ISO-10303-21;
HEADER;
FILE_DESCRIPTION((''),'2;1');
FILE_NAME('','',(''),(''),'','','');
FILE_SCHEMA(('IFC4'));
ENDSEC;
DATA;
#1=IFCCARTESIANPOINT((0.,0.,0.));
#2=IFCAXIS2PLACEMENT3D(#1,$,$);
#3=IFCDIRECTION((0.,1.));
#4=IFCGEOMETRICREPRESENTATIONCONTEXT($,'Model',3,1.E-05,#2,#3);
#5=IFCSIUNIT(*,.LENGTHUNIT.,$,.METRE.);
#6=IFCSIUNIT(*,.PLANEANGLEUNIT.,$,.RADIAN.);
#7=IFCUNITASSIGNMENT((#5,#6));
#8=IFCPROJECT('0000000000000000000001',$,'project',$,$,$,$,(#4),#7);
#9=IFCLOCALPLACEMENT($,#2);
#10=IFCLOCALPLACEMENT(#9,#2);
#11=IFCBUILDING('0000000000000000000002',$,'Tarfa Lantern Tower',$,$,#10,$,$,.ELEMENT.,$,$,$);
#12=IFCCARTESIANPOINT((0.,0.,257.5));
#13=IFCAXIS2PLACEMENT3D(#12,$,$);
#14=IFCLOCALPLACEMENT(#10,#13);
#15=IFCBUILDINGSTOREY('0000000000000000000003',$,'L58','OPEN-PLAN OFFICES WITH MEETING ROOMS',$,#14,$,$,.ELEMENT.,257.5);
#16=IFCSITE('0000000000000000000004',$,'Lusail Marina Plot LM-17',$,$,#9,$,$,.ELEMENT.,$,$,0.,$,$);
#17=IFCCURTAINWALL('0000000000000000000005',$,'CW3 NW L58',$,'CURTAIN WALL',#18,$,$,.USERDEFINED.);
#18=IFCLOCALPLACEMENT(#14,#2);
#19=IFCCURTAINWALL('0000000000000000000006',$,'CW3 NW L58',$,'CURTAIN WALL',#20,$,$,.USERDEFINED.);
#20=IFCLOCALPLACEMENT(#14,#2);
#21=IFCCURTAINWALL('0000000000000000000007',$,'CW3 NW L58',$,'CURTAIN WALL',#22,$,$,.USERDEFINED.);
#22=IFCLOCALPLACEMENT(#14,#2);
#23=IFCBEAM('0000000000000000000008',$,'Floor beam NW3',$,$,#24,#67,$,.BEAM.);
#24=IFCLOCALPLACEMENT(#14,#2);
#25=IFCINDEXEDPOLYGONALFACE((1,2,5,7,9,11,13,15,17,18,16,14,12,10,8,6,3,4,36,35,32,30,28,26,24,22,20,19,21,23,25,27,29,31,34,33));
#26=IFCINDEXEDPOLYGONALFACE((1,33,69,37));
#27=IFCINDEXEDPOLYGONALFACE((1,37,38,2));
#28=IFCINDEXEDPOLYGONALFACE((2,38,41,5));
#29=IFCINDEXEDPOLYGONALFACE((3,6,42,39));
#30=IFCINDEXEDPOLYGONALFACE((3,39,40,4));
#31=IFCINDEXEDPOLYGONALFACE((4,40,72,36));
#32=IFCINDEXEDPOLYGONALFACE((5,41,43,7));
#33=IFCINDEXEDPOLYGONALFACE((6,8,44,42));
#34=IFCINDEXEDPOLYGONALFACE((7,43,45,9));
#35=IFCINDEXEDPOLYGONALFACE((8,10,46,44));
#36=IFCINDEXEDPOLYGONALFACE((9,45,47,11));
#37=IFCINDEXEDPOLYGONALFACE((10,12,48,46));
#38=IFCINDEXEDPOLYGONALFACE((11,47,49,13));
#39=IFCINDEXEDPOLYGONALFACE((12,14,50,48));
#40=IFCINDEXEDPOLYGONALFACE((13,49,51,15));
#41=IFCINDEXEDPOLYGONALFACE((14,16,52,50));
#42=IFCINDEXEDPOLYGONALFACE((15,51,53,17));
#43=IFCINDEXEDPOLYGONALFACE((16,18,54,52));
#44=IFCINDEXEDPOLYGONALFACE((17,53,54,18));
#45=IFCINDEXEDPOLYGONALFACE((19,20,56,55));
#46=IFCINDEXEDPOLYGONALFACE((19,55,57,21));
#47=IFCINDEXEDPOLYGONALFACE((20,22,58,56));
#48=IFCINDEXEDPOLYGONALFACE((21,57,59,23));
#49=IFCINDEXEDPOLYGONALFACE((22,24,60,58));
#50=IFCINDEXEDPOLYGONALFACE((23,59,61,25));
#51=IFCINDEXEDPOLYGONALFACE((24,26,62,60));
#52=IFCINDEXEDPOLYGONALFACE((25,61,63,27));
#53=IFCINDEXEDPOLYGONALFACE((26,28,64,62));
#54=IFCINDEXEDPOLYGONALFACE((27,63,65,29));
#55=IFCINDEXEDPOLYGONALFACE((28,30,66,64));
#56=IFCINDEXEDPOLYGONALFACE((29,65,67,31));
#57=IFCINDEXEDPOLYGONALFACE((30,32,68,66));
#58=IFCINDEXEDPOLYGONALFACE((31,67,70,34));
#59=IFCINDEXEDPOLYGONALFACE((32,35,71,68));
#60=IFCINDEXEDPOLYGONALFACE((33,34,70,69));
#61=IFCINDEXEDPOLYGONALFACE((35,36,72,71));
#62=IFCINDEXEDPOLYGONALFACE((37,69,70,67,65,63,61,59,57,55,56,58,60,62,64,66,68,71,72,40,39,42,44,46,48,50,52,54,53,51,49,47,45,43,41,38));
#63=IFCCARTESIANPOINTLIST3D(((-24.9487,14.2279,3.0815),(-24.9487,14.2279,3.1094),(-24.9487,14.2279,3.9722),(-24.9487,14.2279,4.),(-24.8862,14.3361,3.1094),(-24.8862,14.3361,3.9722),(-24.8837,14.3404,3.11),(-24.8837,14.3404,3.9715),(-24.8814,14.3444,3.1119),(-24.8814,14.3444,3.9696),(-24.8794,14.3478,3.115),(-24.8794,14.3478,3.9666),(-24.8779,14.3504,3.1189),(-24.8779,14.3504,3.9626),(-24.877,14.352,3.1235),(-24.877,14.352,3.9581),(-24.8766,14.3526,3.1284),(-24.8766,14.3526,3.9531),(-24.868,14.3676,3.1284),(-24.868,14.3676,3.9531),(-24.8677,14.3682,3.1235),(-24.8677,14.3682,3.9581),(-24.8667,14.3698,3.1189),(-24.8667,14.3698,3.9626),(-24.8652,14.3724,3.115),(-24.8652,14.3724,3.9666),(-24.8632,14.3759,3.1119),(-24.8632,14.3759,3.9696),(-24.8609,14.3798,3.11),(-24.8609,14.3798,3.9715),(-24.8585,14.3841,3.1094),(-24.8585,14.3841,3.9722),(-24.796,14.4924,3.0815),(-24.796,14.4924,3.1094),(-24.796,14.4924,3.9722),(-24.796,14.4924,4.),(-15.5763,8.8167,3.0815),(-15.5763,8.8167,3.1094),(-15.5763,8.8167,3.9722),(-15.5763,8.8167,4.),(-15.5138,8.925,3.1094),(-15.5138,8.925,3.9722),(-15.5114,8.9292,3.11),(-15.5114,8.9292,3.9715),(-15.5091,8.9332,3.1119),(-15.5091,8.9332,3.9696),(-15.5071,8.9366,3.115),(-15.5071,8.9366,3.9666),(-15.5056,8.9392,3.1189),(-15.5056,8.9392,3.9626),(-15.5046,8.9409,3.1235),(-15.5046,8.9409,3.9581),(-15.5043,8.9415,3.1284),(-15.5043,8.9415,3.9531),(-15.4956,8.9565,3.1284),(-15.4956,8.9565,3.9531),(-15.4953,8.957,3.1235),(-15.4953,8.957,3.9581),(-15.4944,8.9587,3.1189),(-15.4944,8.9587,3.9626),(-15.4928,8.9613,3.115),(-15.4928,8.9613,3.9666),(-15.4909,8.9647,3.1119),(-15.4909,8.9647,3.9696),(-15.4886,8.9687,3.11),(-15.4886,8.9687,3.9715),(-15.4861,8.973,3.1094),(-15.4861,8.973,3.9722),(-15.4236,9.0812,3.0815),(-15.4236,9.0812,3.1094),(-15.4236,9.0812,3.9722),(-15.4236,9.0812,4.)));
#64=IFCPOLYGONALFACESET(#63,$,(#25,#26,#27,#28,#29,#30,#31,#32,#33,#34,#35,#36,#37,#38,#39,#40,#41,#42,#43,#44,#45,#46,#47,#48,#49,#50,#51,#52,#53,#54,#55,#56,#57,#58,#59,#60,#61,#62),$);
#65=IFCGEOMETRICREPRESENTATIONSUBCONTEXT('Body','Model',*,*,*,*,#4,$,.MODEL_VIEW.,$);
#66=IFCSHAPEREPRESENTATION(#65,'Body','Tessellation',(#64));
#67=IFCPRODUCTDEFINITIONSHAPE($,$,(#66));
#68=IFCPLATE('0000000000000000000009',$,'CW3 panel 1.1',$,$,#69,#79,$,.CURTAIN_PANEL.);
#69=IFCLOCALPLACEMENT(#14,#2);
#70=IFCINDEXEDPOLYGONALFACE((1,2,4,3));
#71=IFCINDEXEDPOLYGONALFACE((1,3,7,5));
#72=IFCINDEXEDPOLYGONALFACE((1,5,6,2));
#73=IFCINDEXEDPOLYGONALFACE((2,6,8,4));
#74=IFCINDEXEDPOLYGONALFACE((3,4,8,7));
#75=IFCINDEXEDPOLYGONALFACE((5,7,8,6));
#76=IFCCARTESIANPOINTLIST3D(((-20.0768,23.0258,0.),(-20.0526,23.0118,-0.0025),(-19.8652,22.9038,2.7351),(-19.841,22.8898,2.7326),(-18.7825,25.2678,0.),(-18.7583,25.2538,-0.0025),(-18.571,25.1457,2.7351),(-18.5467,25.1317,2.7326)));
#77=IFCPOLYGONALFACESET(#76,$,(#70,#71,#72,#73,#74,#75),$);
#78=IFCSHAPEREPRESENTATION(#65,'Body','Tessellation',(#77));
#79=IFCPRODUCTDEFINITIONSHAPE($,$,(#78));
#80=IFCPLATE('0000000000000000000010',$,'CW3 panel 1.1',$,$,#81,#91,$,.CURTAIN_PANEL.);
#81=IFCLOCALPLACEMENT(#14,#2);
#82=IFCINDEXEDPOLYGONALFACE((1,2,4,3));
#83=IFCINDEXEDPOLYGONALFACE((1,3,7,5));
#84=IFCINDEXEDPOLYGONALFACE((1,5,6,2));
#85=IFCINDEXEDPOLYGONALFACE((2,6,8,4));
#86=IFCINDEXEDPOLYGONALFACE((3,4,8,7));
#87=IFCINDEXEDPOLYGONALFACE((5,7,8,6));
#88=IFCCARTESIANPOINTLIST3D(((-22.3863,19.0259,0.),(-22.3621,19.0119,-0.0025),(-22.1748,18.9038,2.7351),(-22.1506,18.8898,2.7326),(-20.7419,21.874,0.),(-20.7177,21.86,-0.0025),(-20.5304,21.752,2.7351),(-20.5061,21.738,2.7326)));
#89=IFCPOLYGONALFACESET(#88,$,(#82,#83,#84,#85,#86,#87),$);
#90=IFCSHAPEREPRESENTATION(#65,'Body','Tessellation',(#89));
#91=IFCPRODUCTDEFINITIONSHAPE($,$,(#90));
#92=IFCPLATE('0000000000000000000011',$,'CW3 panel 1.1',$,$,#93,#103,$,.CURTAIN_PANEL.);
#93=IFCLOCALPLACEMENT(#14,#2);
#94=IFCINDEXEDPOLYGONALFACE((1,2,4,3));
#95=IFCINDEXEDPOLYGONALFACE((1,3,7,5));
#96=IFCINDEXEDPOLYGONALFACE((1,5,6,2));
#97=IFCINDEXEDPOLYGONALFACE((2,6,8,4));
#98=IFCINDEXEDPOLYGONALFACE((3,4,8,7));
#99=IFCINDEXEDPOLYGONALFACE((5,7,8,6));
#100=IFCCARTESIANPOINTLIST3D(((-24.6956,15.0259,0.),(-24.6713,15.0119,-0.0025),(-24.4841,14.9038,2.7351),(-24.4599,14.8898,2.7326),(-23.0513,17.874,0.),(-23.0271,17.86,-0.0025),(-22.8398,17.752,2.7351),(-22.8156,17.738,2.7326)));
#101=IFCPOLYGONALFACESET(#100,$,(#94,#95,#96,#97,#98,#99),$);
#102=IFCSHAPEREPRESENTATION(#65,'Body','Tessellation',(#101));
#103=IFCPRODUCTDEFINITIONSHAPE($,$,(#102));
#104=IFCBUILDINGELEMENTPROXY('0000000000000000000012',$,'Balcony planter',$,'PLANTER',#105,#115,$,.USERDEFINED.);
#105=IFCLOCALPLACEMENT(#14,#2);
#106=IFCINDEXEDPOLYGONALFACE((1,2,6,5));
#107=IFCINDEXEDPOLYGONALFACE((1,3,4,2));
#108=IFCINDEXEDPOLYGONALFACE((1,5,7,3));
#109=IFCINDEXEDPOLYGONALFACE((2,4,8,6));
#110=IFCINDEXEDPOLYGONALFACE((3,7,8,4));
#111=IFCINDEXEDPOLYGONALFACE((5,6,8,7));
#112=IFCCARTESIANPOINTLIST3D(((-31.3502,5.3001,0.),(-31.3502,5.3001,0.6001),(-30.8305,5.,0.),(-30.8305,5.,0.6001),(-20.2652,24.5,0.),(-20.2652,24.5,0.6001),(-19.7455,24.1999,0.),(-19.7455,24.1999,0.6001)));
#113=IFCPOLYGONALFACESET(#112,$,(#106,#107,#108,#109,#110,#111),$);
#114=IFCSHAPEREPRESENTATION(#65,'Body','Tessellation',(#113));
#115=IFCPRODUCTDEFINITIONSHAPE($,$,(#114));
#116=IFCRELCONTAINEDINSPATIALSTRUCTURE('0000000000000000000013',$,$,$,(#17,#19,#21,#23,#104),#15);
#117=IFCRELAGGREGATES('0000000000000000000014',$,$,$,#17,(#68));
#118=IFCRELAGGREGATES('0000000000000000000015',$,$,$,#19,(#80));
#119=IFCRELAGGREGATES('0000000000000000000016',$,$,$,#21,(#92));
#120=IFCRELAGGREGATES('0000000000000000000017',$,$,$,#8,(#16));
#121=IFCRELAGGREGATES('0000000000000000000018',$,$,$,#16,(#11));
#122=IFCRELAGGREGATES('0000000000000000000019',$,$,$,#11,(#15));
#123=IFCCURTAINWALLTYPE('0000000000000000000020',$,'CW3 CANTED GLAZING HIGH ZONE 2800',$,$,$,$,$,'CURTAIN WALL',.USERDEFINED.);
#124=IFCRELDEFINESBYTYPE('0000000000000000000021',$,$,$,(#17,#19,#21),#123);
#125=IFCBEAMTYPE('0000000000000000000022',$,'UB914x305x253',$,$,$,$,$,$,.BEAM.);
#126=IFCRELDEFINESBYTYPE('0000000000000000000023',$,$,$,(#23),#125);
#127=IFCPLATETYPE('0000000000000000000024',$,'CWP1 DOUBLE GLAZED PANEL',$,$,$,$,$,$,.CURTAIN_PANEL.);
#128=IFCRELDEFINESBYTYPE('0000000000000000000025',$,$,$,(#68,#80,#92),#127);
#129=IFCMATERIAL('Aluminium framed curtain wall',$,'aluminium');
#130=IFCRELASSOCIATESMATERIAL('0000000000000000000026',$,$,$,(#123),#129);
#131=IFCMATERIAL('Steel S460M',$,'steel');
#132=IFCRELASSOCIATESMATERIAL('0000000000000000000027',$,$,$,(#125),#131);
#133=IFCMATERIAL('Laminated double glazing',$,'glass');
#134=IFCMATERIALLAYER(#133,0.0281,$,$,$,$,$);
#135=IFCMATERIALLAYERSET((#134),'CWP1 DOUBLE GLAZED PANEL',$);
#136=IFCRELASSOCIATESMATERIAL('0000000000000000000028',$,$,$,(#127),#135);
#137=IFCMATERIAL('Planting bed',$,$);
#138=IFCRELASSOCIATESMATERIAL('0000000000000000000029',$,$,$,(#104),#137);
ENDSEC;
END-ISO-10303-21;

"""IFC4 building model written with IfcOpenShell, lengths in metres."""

from ifc_helpers import new_model, si_unit, direction, frame, origin, origin_2d, place, context, subcontext, project, spatial, polyline, rectangle, i_section, outline, extrude, material, layer, layer_set, material_profile, profile_set, type_object, element, aggregate, save


model = new_model("IFC4")

# Units and contexts
model_context = context("Model", 3, precision=1e-05, world=origin(), true_north=direction((0.0, 1.0)))
body_context = subcontext(model_context, "Body", "Model", "MODEL_VIEW")
ifc_project = project(units=[si_unit("LENGTHUNIT", "METRE"), si_unit("PLANEANGLEUNIT", "RADIAN")], contexts=[model_context])

# Site, building, storey
site_placement = place(None, origin())
site = spatial("IfcSite", under=ifc_project, at=site_placement, Name="Lusail Marina Plot LM-17", CompositionType="ELEMENT", RefElevation=0.0)
building_placement = place(site_placement, origin())
building = spatial("IfcBuilding", under=site, at=building_placement, Name="Tarfa Lantern Tower", CompositionType="ELEMENT")
storey_placement = place(building_placement, frame((0.0, 0.0, 257.5)))
storey = spatial("IfcBuildingStorey", under=building, at=storey_placement, Name="L58", Description="OPEN-PLAN OFFICES WITH MEETING ROOMS", CompositionType="ELEMENT", Elevation=257.5)

# Curtain walls
ifc_material_1 = material(Name="Aluminium framed curtain wall", Category="aluminium")
curtain_wall_type = type_object("IfcCurtainWallType", Name="CW3 CANTED GLAZING HIGH ZONE 2800", ElementType="CURTAIN WALL", PredefinedType="USERDEFINED", material=ifc_material_1)
curtain_wall_1_placement = place(storey_placement, origin())
curtain_wall_1 = element("IfcCurtainWall", 1, at=curtain_wall_1_placement, inside=storey, type_object=curtain_wall_type, Name="CW3 NW L58", ObjectType="CURTAIN WALL", PredefinedType="USERDEFINED")
curtain_wall_2_placement = place(storey_placement, origin())
curtain_wall_2 = element("IfcCurtainWall", 2, at=curtain_wall_2_placement, inside=storey, type_object=curtain_wall_type, Name="CW3 NW L58", ObjectType="CURTAIN WALL", PredefinedType="USERDEFINED")
curtain_wall_3_placement = place(storey_placement, origin())
curtain_wall_3 = element("IfcCurtainWall", 3, at=curtain_wall_3_placement, inside=storey, type_object=curtain_wall_type, Name="CW3 NW L58", ObjectType="CURTAIN WALL", PredefinedType="USERDEFINED")

# Beam
ifc_material_2 = material(Name="Steel S460M", Category="steel")
ifc_material_profile_1 = material_profile(ifc_material_2, i_section(OverallWidth=0.3054, OverallDepth=0.9185, WebThickness=0.0173, FlangeThickness=0.0278, FilletRadius=0.019, at=origin_2d()), Name="UB914x305x253")
ifc_profile_set_1 = profile_set([ifc_material_profile_1], Name="Steel S460M")
beam_type_1 = type_object("IfcBeamType", Name="UB914x305x253", PredefinedType="BEAM", material=ifc_profile_set_1)
beam_1_placement = place(storey_placement, frame((-24.8723, 14.3601, 3.5408), z_axis=(0.866024, -0.500002, 0.0), x_axis=(0.500002, 0.866024, 0.0)))
element("IfcBeam", 4, at=beam_1_placement, inside=storey, type_object=beam_type_1, Name="Floor beam NW3", PredefinedType="BEAM", context=body_context, shape_type="SweptSolid", body=[
    extrude(i_section(OverallWidth=0.3054, OverallDepth=0.9185, WebThickness=0.0173, FlangeThickness=0.0278, FilletRadius=0.019, at=origin_2d()), origin(), (0.0, 0.0, 1.0), 10.8223),
])

# Plates
ifc_material_3 = material(Name="Laminated double glazing", Category="glass")
ifc_layer = layer(ifc_material_3, 0.0281)
ifc_layer_set = layer_set([ifc_layer], Name="CWP1 DOUBLE GLAZED PANEL")
plate_type = type_object("IfcPlateType", Name="CWP1 DOUBLE GLAZED PANEL", PredefinedType="CURTAIN_PANEL", material=ifc_layer_set)
plate_1_placement = place(storey_placement, frame((-18.7825, 25.2678, 0.0), z_axis=(-0.862605, 0.497997, 0.088945), x_axis=(-0.499979, -0.866038, -0.000004)))
plate_1 = element("IfcPlate", 5, at=plate_1_placement, type_object=plate_type, Name="CW3 panel 1.1", PredefinedType="CURTAIN_PANEL", context=body_context, shape_type="SweptSolid", body=[
    extrude(outline(polyline([(0.0, 0.0), (2.5888, 0.0), (2.5887, 2.746), (0.0, 2.746), (0.0, 0.0)])), origin(), (0.0, 0.0, -1.0), 0.0281),
])
aggregate(curtain_wall_1, [plate_1])
plate_2_placement = place(storey_placement, frame((-20.7419, 21.874, 0.0), z_axis=(-0.862589, 0.498026, 0.088945), x_axis=(-0.500007, -0.866021, 0.000003)))
plate_2 = element("IfcPlate", 6, at=plate_2_placement, type_object=plate_type, Name="CW3 panel 1.1", PredefinedType="CURTAIN_PANEL", context=body_context, shape_type="SweptSolid", body=[
    extrude(outline(polyline([(0.0, 0.0), (3.2887, 0.0), (3.2887, 2.746), (-0.0001, 2.746), (0.0, 0.0)])), origin(), (0.0, 0.0, -1.0), 0.0281),
])
aggregate(curtain_wall_2, [plate_2])
plate_3_placement = place(storey_placement, frame((-23.0513, 17.874, 0.0), z_axis=(-0.862608, 0.498, 0.088906), x_axis=(-0.499979, -0.866037, 0.0)))
plate_3 = element("IfcPlate", 7, at=plate_3_placement, type_object=plate_type, Name="CW3 panel 1.1", PredefinedType="CURTAIN_PANEL", context=body_context, shape_type="SweptSolid", body=[
    extrude(outline(polyline([(0.0, 0.0), (3.2887, 0.0), (3.2887, 2.746), (0.0, 2.746), (0.0, 0.0)])), origin(), (0.0, 0.0, -1.0), 0.0281),
])
aggregate(curtain_wall_3, [plate_3])

# Building element proxy
ifc_material_4 = material(Name="Planting bed")
proxy_placement = place(storey_placement, frame((-25.5479, 14.75, 0.0), z_axis=(0.0, 0.0, 1.0), x_axis=(-0.5, -0.866025, 0.0)))
element("IfcBuildingElementProxy", 8, at=proxy_placement, inside=storey, material=ifc_material_4, Name="Balcony planter", ObjectType="PLANTER", PredefinedType="USERDEFINED", context=body_context, shape_type="SweptSolid", body=[
    extrude(rectangle(XDim=22.1702, YDim=0.6001, at=origin_2d()), origin(), (0.0, 0.0, 1.0), 0.6001),
])

save(model, "model.ifc")
